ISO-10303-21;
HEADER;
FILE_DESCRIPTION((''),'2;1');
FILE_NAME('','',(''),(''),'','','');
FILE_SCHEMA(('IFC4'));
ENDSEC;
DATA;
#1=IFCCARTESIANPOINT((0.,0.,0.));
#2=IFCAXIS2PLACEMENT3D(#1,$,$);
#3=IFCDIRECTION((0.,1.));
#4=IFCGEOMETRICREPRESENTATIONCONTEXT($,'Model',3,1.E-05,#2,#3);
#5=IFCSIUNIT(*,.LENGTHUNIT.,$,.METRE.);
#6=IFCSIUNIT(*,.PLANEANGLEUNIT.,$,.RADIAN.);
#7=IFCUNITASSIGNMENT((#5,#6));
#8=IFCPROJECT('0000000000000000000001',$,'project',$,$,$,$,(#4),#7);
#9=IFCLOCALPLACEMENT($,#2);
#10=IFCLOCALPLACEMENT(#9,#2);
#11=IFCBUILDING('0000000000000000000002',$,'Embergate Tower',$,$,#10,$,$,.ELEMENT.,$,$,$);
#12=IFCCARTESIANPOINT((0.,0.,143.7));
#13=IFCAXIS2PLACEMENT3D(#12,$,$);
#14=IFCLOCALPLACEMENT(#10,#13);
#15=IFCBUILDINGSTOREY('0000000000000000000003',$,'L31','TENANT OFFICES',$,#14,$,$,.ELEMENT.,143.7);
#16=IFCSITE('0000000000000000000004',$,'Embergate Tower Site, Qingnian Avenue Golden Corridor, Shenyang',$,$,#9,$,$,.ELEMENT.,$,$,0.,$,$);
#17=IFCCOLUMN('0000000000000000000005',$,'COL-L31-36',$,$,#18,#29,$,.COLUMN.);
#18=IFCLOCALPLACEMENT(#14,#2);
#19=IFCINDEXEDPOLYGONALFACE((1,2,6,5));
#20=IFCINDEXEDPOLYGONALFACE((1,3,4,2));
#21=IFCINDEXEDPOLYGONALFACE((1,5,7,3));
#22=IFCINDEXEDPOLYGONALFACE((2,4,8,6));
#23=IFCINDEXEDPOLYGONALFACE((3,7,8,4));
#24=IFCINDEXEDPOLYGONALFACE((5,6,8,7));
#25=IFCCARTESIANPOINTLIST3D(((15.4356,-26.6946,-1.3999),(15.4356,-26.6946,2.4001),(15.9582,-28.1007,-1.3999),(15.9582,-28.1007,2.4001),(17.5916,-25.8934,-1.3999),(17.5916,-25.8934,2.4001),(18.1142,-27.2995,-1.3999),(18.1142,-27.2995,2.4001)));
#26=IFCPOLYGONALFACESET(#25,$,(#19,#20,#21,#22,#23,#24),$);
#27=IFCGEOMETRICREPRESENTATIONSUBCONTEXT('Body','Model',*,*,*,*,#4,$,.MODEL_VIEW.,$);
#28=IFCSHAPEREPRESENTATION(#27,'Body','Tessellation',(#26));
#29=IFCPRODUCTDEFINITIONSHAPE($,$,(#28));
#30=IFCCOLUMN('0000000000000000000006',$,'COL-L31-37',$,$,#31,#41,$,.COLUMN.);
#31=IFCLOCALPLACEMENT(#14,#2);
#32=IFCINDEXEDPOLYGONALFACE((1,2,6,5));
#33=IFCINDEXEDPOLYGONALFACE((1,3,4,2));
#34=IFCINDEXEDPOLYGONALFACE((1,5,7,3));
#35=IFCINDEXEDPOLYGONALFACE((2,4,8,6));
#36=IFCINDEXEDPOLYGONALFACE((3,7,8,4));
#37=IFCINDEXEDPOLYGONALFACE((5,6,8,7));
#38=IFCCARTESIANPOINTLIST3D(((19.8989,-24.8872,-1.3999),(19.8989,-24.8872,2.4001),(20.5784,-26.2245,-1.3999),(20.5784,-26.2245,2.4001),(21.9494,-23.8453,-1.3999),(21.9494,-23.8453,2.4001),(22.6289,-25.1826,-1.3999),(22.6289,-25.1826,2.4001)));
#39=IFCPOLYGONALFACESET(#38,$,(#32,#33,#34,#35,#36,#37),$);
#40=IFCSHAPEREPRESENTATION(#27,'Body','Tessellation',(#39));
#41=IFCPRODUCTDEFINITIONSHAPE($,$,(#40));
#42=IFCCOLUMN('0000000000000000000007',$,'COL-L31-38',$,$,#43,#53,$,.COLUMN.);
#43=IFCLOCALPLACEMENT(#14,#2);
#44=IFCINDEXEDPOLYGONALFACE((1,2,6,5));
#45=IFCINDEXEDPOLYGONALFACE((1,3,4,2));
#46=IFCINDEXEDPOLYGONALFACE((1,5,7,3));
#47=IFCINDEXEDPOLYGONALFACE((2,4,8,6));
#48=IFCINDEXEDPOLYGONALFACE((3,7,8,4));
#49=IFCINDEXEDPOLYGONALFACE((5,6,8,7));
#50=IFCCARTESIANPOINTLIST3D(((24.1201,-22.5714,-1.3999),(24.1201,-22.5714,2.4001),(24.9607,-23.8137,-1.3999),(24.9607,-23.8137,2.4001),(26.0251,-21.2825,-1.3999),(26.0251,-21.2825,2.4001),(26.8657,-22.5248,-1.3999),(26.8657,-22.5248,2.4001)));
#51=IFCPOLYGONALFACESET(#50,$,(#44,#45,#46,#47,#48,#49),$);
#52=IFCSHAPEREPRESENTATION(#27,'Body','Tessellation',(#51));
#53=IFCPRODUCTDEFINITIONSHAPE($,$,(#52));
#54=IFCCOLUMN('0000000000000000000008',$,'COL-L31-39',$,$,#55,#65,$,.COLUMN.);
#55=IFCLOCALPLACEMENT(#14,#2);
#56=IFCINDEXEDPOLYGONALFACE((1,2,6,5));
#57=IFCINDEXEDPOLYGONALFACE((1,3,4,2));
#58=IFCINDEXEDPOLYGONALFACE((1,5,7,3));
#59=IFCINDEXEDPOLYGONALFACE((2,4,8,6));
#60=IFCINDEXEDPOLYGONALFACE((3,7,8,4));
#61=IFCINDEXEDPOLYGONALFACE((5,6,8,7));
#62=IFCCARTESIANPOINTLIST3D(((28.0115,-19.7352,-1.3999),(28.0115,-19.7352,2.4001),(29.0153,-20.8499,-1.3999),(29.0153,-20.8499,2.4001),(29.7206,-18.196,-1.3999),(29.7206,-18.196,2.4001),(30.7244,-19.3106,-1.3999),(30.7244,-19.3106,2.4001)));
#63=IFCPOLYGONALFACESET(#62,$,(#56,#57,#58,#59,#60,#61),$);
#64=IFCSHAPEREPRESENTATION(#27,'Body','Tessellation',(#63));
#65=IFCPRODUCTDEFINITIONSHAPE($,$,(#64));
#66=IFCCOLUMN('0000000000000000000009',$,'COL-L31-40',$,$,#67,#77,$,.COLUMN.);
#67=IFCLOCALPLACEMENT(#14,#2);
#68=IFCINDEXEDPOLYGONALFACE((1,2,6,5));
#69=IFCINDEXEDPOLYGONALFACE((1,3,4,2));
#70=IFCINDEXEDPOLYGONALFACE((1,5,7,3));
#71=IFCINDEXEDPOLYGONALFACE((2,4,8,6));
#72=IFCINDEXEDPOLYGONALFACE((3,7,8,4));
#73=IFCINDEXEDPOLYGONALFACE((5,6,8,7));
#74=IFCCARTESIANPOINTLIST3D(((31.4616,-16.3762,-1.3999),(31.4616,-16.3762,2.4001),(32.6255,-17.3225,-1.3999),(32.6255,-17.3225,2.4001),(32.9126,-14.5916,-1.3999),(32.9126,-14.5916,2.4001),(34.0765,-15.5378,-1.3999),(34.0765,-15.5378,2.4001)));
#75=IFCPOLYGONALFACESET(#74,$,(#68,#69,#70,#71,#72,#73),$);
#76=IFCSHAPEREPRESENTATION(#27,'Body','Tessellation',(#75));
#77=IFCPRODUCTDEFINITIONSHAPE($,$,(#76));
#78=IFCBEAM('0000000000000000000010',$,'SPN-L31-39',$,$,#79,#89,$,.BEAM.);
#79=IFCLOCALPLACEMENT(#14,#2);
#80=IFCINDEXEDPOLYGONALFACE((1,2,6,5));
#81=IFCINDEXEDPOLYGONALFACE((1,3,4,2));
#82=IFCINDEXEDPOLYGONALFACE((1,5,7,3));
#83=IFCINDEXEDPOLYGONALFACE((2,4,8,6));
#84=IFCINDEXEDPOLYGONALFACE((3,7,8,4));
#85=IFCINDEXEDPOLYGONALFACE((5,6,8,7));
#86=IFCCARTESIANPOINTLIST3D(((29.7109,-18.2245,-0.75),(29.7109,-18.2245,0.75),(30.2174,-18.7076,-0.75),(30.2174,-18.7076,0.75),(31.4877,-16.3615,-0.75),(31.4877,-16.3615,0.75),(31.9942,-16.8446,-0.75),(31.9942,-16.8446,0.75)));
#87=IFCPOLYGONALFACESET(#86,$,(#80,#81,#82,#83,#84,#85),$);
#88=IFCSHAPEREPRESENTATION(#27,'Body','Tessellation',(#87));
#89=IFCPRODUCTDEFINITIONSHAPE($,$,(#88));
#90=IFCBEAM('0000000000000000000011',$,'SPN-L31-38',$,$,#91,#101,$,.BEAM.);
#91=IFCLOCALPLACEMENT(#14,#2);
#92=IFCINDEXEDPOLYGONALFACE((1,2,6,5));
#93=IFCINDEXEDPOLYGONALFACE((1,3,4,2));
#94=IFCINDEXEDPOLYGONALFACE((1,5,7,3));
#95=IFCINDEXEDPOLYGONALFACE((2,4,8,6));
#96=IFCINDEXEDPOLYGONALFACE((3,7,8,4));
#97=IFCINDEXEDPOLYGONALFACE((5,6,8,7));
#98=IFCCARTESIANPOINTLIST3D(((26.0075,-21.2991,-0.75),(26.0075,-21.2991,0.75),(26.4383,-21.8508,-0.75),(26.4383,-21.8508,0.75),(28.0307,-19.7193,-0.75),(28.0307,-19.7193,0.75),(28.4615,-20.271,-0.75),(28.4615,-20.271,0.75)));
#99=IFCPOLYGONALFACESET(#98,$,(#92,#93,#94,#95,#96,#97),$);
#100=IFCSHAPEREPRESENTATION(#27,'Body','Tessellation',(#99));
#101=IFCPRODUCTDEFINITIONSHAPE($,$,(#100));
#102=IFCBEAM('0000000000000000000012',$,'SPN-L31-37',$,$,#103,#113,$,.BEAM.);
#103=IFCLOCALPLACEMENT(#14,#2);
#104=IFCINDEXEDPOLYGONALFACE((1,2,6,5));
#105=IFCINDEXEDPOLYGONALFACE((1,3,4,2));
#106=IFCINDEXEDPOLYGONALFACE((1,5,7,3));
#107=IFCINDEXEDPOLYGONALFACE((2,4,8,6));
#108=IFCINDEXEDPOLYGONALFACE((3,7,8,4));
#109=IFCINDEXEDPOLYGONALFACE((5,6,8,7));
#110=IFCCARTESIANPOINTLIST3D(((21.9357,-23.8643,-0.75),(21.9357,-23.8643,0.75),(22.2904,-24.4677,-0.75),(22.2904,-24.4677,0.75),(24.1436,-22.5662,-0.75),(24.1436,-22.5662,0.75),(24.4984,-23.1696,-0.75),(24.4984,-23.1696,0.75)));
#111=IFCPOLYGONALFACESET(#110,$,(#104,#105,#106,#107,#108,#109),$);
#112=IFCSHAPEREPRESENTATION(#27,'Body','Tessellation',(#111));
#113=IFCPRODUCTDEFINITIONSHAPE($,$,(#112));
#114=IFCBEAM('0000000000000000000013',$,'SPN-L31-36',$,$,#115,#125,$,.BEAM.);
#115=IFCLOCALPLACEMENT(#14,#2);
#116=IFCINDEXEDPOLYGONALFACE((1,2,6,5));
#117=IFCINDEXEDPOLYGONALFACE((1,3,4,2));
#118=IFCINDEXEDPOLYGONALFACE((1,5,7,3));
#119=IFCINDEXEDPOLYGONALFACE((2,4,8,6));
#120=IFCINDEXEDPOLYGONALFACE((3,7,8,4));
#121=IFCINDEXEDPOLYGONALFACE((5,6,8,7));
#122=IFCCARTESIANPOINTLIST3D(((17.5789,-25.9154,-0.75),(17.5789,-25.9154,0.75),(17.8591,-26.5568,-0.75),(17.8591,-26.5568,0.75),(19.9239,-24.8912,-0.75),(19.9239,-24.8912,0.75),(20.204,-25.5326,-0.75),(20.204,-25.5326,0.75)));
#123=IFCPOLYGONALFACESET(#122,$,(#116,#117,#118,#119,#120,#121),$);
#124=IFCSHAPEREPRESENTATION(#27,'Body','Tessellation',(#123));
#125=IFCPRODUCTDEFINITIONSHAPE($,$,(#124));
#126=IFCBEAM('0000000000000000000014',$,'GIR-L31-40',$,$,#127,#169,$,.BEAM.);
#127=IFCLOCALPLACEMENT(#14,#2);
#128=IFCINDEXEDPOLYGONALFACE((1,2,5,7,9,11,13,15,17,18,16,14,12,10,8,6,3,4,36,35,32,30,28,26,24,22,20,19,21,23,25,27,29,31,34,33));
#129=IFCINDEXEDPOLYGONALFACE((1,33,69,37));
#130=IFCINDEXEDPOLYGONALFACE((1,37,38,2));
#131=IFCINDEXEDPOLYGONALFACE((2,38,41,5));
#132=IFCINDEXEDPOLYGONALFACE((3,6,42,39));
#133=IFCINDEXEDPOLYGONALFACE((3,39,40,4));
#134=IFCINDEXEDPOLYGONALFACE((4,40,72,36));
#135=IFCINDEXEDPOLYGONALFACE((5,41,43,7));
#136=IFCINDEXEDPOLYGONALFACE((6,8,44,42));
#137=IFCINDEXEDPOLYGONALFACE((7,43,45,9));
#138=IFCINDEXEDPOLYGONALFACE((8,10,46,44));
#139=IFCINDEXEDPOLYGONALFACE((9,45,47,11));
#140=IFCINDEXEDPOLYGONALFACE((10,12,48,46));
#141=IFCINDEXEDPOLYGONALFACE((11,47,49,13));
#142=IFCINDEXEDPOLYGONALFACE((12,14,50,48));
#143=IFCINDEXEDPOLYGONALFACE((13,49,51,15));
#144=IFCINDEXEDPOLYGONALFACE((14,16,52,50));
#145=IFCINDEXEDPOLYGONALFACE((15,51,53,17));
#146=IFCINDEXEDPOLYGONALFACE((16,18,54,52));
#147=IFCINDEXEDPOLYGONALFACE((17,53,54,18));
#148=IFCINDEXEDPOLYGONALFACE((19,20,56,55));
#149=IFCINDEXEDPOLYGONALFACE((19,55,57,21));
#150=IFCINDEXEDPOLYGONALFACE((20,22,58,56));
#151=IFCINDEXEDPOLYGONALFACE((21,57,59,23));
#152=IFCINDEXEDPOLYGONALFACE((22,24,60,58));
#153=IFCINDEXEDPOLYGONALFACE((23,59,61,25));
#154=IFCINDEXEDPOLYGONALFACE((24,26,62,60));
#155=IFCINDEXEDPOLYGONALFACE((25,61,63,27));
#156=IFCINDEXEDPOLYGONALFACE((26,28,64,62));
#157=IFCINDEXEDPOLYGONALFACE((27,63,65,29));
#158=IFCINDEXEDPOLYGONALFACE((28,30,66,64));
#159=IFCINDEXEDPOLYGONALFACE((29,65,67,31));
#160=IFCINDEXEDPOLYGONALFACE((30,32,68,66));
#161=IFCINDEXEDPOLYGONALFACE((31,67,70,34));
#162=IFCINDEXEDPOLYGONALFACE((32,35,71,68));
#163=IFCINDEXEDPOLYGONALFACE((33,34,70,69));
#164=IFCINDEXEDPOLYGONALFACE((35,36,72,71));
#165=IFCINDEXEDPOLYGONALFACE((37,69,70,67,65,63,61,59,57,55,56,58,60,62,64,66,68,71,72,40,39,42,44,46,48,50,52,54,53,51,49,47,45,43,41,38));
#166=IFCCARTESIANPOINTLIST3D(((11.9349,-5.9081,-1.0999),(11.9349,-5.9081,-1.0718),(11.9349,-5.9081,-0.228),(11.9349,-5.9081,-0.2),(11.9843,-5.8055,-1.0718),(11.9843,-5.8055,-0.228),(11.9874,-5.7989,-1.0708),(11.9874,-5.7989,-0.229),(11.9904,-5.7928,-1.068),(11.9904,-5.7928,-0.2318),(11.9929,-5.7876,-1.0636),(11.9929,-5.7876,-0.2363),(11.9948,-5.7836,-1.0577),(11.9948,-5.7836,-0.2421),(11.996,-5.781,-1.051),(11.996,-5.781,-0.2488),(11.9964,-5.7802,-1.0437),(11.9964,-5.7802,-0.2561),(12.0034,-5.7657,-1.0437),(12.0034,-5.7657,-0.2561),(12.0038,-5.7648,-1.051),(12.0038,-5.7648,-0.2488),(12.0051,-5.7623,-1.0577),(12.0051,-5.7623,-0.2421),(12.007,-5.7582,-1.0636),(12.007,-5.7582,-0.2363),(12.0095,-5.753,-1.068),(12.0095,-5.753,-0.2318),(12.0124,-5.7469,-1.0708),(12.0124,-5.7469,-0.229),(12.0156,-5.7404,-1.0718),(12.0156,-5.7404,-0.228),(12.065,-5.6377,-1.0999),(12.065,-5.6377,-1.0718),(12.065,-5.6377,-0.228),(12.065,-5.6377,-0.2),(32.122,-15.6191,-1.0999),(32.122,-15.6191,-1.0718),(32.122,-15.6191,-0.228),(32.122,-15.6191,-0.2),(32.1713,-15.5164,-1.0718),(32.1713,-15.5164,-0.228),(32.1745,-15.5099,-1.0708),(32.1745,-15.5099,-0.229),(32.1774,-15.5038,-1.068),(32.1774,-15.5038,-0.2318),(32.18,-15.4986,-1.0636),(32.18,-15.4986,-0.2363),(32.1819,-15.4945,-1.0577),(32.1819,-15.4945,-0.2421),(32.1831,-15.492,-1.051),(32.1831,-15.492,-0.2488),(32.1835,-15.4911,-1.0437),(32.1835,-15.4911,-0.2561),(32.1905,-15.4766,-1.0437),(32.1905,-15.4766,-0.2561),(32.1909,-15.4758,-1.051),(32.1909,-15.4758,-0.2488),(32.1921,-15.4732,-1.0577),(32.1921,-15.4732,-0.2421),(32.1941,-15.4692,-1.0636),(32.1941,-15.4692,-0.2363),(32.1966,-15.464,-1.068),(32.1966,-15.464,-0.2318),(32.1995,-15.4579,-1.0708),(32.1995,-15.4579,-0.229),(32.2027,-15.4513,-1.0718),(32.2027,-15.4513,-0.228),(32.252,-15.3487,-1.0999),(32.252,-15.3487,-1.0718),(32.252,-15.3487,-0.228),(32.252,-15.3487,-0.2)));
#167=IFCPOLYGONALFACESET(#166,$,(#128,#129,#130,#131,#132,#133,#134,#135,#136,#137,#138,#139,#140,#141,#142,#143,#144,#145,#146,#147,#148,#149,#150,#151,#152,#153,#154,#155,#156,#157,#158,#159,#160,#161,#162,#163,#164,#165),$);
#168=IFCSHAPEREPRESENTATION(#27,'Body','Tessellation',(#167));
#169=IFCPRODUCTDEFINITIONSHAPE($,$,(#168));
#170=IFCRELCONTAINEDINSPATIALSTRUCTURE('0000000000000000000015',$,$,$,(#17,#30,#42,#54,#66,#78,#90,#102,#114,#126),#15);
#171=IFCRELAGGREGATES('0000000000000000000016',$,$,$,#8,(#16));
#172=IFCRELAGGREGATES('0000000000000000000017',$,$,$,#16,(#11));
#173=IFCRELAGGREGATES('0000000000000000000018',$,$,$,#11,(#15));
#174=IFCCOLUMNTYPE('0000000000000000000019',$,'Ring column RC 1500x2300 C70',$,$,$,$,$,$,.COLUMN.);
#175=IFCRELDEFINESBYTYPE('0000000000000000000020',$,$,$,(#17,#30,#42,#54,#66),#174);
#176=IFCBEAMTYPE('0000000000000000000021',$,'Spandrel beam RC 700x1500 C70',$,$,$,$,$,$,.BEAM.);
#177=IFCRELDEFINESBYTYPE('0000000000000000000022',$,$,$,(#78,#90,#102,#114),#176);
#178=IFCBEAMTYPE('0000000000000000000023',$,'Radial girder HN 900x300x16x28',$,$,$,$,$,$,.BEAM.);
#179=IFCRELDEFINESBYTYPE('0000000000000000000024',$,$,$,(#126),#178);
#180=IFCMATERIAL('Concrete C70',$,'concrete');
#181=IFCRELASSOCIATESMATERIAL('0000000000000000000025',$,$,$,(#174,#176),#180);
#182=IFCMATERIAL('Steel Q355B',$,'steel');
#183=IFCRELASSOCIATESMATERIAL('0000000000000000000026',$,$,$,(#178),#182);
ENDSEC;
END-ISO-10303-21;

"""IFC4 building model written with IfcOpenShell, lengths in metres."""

from ifc_helpers import new_model, si_unit, direction, frame, origin, origin_2d, place, context, subcontext, project, spatial, rectangle, i_section, extrude, source, transform, mapped, material, material_profile, profile_set, type_object, element, save


model = new_model("IFC4")

# Units and contexts
model_context = context("Model", 3, precision=1e-05, world=origin(), true_north=direction((0.0, 1.0)))
body_context = subcontext(model_context, "Body", "Model", "MODEL_VIEW")
ifc_project = project(units=[si_unit("LENGTHUNIT", "METRE"), si_unit("PLANEANGLEUNIT", "RADIAN")], contexts=[model_context])

# Site, building, storey
site_placement = place(None, origin())
site = spatial("IfcSite", under=ifc_project, at=site_placement, Name="Embergate Tower Site, Qingnian Avenue Golden Corridor, Shenyang", CompositionType="ELEMENT", RefElevation=0.0)
building_placement = place(site_placement, origin())
building = spatial("IfcBuilding", under=site, at=building_placement, Name="Embergate Tower", CompositionType="ELEMENT")
storey_placement = place(building_placement, frame((0.0, 0.0, 143.7)))
storey = spatial("IfcBuildingStorey", under=building, at=storey_placement, Name="L31", Description="TENANT OFFICES", CompositionType="ELEMENT", Elevation=143.7)

# Columns
ifc_material_1 = material(Name="Concrete C70", Category="concrete")
ifc_material_profile_1 = material_profile(ifc_material_1, rectangle(XDim=1.5, YDim=2.3, at=origin_2d()), Name="RC 1500x2300")
ifc_profile_set_1 = profile_set([ifc_material_profile_1], Name="Concrete C70")
column_type = type_object("IfcColumnType", Name="Ring column RC 1500x2300 C70", PredefinedType="COLUMN", material=ifc_profile_set_1)
shared_shape_1 = source(origin(), body_context, "Body", "SweptSolid", [
    extrude(rectangle(XDim=1.5, YDim=2.3, at=origin_2d()), origin(), (0.0, 0.0, 1.0), 3.8),
])
for number, where, z_axis, x_axis, name in (
    (1, (16.7749, -26.9971, -1.3999), (0.0, 0.0, 1.0), (0.348343, -0.937367, 0.0), "COL-L31-36"),
    (2, (21.2639, -25.0349, -1.3999), (0.0, 0.0, 1.0), (0.452995, -0.891513, 0.0), "COL-L31-37"),
    (3, (25.4929, -22.5481, -1.3999), (0.0, 0.0, 1.0), (0.560393, -0.828227, 0.0), "COL-L31-38"),
    (4, (29.3679, -19.5229, -1.3999), (0.0, 0.0, 1.0), (0.669208, -0.743075, 0.0), "COL-L31-39"),
    (5, (32.769, -15.957, -1.3999), (0.0, 0.0, 1.0), (0.775914, -0.630838, 0.0), "COL-L31-40"),
):
    element("IfcColumn", number, at=place(storey_placement, frame(where, z_axis=z_axis, x_axis=x_axis)), inside=storey, type_object=column_type, Name=name, PredefinedType="COLUMN", context=body_context, shape_type="MappedRepresentation", body=[
        mapped(shared_shape_1, transform((0.0, 0.0, 0.0))),
    ])

# Beams
ifc_material_profile_2 = material_profile(ifc_material_1, rectangle(XDim=0.7, YDim=1.5, at=origin_2d()), Name="RC 700x1500")
ifc_profile_set_2 = profile_set([ifc_material_profile_2], Name="Concrete C70")
beam_type_1 = type_object("IfcBeamType", Name="Spandrel beam RC 700x1500 C70", PredefinedType="BEAM", material=ifc_profile_set_2)
shared_shape_2 = source(origin(), body_context, "Body", "SweptSolid", [
    extrude(rectangle(XDim=0.7, YDim=1.5, at=origin_2d()), origin(), (0.0, 0.0, 1.0), 2.5745),
])
beam_1_placement = place(storey_placement, frame((29.9641, -18.4661, 0.0), z_axis=(0.690171, 0.723646, 0.0), x_axis=(-0.723646, 0.690171, 0.0)))
element("IfcBeam", 6, at=beam_1_placement, inside=storey, type_object=beam_type_1, Name="SPN-L31-39", PredefinedType="BEAM", context=body_context, shape_type="MappedRepresentation", body=[
    mapped(shared_shape_2, transform((0.0, 0.0, 0.0))),
])
shared_shape_3 = source(origin(), body_context, "Body", "SweptSolid", [
    extrude(rectangle(XDim=0.7, YDim=1.5, at=origin_2d()), origin(), (0.0, 0.0, 1.0), 2.5669),
])
beam_2_placement = place(storey_placement, frame((26.2229, -21.575, 0.0), z_axis=(0.788173, 0.615454, 0.0), x_axis=(-0.615454, 0.788173, 0.0)))
element("IfcBeam", 7, at=beam_2_placement, inside=storey, type_object=beam_type_1, Name="SPN-L31-38", PredefinedType="BEAM", context=body_context, shape_type="MappedRepresentation", body=[
    mapped(shared_shape_3, transform((0.0, 0.0, 0.0))),
])
shared_shape_4 = source(origin(), body_context, "Body", "SweptSolid", [
    extrude(rectangle(XDim=0.7, YDim=1.5, at=origin_2d()), origin(), (0.0, 0.0, 1.0), 2.5613),
])
beam_3_placement = place(storey_placement, frame((22.113, -24.166, 0.0), z_axis=(0.862059, 0.506808, 0.0), x_axis=(-0.506808, 0.862059, 0.0)))
element("IfcBeam", 8, at=beam_3_placement, inside=storey, type_object=beam_type_1, Name="SPN-L31-37", PredefinedType="BEAM", context=body_context, shape_type="MappedRepresentation", body=[
    mapped(shared_shape_4, transform((0.0, 0.0, 0.0))),
])
shared_shape_5 = source(origin(), body_context, "Body", "SweptSolid", [
    extrude(rectangle(XDim=0.7, YDim=1.5, at=origin_2d()), origin(), (0.0, 0.0, 1.0), 2.5588),
])
beam_4_placement = place(storey_placement, frame((17.719, -26.2361, 0.0), z_axis=(0.916409, 0.400243, 0.0), x_axis=(-0.400243, 0.916409, 0.0)))
element("IfcBeam", 9, at=beam_4_placement, inside=storey, type_object=beam_type_1, Name="SPN-L31-36", PredefinedType="BEAM", context=body_context, shape_type="MappedRepresentation", body=[
    mapped(shared_shape_5, transform((0.0, 0.0, 0.0))),
])
ifc_material_2 = material(Name="Steel Q355B", Category="steel")
ifc_material_profile_3 = material_profile(ifc_material_2, i_section(OverallWidth=0.3, OverallDepth=0.8999, WebThickness=0.0161, FlangeThickness=0.0281, FilletRadius=0.0281, at=origin_2d()), Name="HN 900x300x16x28")
ifc_profile_set_3 = profile_set([ifc_material_profile_3], Name="Steel Q355 grade B")
beam_type_2 = type_object("IfcBeamType", Name="Radial girder HN 900x300x16x28", PredefinedType="BEAM", material=ifc_profile_set_3)
shared_shape_6 = source(origin(), body_context, "Body", "SweptSolid", [
    extrude(i_section(OverallWidth=0.3, OverallDepth=0.8999, WebThickness=0.0161, FlangeThickness=0.0281, FilletRadius=0.0281, at=origin_2d()), origin(), (0.0, 0.0, 1.0), 22.4014),
])
beam_5_placement = place(storey_placement, frame((32.187, -15.4839, -0.6499), z_axis=(-0.901154, 0.433499, 0.0), x_axis=(-0.433499, -0.901154, 0.0)))
element("IfcBeam", 10, at=beam_5_placement, inside=storey, type_object=beam_type_2, Name="GIR-L31-40", PredefinedType="BEAM", context=body_context, shape_type="MappedRepresentation", body=[
    mapped(shared_shape_6, transform((0.0, 0.0, 0.0))),
])

save(model, "model.ifc")
